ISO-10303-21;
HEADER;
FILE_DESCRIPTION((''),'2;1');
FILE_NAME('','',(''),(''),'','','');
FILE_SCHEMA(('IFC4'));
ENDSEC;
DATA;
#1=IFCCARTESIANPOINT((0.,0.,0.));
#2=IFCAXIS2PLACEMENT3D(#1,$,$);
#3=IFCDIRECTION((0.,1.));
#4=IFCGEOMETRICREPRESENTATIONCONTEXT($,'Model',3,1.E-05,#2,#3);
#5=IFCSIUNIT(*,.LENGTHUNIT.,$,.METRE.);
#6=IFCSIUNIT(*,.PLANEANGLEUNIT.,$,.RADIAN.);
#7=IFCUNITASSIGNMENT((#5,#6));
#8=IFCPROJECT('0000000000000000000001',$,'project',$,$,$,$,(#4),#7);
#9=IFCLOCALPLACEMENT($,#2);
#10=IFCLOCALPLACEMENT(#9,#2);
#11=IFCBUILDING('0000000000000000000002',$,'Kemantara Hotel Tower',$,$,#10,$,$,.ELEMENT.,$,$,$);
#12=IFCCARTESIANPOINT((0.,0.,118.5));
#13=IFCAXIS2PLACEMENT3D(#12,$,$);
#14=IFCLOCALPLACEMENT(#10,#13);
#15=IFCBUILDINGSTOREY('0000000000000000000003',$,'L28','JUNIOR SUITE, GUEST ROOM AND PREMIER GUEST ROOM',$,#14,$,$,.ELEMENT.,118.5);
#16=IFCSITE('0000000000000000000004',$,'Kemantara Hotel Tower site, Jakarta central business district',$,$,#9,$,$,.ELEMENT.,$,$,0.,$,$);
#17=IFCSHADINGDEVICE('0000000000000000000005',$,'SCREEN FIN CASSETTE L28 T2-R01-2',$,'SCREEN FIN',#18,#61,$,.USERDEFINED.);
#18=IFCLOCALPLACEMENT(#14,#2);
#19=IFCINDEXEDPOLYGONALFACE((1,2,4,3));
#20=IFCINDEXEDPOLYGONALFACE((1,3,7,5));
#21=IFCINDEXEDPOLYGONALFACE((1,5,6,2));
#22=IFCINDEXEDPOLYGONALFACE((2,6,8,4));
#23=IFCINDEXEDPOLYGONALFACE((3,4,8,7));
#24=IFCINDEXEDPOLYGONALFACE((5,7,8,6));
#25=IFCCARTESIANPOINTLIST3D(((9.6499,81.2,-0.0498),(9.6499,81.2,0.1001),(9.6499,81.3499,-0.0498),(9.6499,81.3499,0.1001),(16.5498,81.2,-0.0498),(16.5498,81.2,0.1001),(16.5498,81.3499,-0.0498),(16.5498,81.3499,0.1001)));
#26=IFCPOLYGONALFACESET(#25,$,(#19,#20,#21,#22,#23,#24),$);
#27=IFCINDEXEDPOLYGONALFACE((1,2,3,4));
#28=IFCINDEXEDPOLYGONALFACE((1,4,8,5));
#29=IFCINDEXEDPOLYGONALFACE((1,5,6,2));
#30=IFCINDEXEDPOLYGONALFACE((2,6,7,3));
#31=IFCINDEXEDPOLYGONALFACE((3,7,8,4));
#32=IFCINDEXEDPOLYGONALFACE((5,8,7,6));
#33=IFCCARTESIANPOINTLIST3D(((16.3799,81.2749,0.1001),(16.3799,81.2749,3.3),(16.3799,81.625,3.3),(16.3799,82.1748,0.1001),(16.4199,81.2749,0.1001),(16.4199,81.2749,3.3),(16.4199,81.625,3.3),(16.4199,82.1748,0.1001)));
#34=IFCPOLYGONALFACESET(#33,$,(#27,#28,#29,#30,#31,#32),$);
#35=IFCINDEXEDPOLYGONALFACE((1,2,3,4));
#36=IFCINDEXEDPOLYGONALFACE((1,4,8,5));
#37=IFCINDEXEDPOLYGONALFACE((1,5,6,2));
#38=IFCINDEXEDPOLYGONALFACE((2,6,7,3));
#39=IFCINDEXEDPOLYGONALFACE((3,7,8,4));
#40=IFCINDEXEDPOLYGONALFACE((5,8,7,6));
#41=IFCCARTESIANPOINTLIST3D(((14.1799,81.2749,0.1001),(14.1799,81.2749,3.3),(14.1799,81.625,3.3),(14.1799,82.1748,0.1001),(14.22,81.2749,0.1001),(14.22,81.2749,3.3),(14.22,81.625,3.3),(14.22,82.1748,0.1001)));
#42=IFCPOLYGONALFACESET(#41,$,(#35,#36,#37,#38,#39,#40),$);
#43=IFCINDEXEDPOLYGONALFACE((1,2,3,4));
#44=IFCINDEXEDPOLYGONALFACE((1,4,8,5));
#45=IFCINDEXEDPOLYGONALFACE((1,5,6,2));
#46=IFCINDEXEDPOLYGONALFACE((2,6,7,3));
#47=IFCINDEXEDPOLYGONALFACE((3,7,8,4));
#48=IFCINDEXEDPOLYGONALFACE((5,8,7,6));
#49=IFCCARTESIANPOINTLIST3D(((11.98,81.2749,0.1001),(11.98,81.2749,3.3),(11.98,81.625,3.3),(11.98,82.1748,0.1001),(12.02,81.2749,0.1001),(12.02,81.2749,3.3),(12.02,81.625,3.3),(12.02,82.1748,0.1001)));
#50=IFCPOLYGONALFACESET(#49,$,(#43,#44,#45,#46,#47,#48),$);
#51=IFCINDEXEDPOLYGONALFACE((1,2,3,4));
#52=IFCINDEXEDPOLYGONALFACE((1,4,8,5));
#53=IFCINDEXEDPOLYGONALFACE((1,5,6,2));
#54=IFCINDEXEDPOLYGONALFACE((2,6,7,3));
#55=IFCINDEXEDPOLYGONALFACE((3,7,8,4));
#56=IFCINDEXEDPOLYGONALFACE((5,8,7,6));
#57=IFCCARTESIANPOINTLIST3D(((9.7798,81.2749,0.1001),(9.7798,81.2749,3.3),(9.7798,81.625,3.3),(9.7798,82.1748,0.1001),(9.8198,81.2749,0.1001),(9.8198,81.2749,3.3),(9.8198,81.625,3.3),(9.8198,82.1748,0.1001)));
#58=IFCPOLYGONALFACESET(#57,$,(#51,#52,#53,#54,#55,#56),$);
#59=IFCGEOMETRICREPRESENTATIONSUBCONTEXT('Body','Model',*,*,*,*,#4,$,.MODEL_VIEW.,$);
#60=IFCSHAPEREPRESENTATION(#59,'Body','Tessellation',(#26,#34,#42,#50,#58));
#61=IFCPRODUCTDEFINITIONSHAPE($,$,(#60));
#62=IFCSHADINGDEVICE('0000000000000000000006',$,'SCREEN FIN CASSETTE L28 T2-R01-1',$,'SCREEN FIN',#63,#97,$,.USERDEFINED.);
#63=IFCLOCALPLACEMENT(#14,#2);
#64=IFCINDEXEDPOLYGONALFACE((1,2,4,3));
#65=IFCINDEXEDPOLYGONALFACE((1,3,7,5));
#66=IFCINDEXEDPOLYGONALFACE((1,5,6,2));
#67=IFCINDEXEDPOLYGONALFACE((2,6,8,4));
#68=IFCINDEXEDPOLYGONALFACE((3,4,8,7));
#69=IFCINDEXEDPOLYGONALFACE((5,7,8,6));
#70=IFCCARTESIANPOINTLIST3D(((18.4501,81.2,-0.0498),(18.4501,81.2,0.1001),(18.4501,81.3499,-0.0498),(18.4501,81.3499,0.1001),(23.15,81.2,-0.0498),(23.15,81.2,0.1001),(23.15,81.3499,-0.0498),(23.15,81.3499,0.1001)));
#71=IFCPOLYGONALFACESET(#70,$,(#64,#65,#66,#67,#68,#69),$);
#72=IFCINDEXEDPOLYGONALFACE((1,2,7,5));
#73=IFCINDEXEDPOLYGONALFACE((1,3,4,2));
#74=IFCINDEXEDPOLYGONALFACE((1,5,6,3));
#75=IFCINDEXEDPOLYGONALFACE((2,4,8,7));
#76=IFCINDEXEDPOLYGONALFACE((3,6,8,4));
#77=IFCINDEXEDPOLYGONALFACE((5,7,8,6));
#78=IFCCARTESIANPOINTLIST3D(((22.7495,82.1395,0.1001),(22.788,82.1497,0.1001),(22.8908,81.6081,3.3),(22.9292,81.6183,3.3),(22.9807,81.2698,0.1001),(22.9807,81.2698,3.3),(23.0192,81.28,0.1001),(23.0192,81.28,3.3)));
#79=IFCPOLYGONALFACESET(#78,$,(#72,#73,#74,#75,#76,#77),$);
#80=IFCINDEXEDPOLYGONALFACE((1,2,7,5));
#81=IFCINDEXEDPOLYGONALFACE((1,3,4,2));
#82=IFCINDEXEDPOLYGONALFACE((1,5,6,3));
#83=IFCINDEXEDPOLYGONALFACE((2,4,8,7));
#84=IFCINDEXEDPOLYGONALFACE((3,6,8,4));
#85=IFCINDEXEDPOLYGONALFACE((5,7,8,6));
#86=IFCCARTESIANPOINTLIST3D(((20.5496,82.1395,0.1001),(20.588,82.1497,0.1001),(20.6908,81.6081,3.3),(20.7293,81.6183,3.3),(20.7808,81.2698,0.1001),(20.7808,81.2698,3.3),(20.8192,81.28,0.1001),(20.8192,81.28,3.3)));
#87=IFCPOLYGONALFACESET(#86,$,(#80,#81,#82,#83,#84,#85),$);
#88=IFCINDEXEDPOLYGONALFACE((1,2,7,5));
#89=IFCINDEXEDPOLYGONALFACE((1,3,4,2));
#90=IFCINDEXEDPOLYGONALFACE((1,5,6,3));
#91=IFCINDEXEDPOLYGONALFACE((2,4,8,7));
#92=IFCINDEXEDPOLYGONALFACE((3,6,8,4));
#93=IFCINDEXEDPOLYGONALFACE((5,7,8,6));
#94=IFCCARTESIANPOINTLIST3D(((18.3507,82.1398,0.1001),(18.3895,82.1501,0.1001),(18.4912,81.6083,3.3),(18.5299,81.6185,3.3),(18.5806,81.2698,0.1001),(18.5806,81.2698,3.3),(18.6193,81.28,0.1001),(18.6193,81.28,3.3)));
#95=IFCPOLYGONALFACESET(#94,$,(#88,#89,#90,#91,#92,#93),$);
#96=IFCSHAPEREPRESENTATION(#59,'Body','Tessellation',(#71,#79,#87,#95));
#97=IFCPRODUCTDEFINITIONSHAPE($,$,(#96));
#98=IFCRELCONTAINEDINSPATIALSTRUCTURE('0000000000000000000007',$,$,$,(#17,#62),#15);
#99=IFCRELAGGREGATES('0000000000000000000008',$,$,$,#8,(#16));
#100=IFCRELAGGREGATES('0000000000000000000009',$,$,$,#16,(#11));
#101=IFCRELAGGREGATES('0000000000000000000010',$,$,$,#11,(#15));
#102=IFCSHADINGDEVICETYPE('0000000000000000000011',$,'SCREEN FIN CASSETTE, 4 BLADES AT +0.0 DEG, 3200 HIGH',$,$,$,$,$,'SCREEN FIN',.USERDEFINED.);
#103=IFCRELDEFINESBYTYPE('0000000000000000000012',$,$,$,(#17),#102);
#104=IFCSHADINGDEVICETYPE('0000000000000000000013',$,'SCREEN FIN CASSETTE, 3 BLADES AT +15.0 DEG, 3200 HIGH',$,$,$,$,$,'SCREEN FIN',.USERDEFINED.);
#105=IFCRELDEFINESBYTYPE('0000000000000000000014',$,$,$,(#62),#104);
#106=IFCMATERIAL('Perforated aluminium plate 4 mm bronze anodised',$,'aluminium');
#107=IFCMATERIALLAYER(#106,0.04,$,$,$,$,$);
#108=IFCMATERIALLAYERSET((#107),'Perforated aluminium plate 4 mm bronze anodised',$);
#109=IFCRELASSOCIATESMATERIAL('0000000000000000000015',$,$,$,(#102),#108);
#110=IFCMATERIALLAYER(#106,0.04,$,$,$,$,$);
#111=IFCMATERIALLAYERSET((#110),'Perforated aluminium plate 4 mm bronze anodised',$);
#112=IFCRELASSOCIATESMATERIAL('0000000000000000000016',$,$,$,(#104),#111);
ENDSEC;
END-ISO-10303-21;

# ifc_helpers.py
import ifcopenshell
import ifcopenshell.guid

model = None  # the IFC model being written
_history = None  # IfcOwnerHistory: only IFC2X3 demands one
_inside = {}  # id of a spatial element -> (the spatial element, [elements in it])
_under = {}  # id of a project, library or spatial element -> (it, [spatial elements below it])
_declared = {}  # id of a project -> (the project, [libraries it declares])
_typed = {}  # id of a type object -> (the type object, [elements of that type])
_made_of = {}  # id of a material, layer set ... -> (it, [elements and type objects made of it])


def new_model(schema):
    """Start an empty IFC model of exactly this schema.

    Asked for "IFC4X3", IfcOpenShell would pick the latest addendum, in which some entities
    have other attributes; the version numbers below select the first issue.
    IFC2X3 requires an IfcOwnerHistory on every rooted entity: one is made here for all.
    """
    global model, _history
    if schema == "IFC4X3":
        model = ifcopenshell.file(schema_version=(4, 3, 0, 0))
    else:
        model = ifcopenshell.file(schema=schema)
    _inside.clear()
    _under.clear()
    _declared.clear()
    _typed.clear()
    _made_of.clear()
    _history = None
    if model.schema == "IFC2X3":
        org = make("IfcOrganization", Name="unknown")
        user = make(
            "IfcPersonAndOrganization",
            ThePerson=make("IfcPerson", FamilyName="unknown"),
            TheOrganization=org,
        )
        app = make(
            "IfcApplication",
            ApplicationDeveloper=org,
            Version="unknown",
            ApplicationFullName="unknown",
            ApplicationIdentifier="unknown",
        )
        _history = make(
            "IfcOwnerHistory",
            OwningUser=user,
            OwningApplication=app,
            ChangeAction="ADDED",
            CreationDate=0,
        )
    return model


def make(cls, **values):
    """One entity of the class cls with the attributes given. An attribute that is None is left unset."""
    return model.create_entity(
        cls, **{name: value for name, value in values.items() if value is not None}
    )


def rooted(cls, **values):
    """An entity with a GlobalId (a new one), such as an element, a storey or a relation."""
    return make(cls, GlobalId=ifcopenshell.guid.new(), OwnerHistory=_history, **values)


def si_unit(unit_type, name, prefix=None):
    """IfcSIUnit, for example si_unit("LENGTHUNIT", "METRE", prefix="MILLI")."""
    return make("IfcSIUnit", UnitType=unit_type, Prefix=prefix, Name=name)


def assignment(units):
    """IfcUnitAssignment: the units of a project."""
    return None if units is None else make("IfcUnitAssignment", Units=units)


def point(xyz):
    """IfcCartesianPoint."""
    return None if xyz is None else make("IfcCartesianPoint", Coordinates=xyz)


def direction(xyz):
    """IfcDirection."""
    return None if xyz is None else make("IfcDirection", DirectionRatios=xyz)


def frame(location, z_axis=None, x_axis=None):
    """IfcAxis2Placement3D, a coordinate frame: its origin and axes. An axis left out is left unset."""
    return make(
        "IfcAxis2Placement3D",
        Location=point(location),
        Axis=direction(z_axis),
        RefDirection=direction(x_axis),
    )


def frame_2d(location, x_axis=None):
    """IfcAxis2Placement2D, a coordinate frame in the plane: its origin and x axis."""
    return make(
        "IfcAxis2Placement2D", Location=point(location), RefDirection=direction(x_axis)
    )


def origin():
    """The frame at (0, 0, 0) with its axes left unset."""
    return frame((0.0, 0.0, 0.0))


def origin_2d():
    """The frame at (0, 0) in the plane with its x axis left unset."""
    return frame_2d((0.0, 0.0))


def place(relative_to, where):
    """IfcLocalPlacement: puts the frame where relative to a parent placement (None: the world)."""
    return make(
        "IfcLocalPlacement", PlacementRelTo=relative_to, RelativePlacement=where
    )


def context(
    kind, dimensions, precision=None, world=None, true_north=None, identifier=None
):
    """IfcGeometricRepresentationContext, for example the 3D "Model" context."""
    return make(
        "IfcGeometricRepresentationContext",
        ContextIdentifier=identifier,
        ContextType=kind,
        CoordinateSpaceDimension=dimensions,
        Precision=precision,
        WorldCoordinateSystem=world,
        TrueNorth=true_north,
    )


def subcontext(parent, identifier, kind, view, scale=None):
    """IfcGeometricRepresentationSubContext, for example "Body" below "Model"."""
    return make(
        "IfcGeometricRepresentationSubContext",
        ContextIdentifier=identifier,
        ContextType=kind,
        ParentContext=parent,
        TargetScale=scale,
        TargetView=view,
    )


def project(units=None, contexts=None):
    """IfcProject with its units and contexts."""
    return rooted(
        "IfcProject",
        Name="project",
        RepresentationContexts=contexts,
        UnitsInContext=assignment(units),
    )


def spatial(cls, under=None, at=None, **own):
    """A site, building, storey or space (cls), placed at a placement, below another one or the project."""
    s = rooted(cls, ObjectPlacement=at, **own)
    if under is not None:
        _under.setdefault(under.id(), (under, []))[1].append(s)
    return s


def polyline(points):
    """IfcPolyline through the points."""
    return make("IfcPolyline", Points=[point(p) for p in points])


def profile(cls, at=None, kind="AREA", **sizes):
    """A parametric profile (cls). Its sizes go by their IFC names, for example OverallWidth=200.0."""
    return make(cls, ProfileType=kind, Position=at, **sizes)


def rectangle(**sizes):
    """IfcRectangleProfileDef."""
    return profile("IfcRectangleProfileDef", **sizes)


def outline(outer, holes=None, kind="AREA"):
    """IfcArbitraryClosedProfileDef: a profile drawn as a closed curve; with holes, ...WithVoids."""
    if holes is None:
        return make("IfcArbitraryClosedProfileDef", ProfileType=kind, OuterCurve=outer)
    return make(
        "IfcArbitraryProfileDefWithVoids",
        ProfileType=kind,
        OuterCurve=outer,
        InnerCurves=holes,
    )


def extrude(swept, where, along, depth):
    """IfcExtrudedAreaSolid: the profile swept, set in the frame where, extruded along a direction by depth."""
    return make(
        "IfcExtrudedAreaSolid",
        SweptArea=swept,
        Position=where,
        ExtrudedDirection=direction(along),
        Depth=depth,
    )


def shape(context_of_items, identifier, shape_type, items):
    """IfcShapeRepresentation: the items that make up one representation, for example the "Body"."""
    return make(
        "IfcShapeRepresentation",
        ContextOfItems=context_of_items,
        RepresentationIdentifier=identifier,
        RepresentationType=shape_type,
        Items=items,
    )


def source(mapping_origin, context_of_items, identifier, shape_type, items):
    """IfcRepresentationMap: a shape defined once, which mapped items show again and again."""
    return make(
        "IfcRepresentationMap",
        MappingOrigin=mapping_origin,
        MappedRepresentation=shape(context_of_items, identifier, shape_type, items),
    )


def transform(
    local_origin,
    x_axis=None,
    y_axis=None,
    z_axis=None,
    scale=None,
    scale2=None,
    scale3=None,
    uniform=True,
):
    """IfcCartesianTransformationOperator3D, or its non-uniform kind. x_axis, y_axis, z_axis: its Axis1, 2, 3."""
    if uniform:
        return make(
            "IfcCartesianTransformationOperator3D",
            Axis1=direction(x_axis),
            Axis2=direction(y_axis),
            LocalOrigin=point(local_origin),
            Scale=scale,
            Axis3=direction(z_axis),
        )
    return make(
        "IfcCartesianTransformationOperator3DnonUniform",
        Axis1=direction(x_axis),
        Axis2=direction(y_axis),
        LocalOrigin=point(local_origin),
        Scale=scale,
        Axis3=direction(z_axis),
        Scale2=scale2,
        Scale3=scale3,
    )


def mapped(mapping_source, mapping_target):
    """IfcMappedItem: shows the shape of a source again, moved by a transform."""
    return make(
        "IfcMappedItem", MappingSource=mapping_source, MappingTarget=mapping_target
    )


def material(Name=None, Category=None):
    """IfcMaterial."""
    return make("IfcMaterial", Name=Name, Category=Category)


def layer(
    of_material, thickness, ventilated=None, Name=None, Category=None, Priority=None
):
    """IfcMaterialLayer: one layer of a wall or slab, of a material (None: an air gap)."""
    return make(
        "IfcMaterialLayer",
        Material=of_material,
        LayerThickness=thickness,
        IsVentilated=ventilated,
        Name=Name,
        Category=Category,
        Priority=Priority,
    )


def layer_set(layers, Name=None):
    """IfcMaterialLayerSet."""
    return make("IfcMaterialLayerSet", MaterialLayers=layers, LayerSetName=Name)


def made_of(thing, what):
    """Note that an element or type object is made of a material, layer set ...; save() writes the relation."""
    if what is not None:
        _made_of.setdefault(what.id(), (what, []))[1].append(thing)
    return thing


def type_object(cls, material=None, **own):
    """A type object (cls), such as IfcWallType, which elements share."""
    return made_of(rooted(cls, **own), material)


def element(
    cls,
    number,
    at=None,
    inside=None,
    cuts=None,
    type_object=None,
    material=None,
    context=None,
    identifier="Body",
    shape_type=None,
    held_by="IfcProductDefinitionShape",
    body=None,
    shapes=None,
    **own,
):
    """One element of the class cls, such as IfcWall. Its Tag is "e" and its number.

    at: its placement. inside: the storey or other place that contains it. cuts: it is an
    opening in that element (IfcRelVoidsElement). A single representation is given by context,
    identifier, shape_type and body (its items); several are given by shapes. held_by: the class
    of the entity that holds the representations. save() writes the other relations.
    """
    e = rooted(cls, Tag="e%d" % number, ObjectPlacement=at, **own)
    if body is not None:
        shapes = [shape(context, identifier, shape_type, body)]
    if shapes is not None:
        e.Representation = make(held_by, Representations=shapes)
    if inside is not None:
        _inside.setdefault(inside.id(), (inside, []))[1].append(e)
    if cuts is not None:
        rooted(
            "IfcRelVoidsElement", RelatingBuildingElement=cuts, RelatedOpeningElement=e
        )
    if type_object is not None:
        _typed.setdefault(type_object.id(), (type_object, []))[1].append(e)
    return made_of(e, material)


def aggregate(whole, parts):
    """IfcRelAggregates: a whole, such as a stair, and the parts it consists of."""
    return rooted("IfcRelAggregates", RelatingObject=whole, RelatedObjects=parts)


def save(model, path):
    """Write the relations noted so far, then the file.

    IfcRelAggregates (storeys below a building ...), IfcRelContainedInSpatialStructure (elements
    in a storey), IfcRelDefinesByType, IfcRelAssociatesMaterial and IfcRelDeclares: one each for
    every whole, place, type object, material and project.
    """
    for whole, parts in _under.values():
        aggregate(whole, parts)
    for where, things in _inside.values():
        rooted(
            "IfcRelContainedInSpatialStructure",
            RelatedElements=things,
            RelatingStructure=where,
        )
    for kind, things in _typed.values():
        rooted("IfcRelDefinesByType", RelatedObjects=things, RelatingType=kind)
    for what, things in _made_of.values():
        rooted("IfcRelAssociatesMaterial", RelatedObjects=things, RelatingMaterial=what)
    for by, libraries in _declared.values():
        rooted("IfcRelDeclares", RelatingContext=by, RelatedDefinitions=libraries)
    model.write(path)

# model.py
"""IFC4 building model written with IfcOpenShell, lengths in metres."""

from ifc_helpers import new_model, si_unit, direction, frame, origin, origin_2d, place, context, subcontext, project, spatial, polyline, rectangle, outline, extrude, source, transform, mapped, material, layer, layer_set, type_object, element, save


model = new_model("IFC4")

# Units and contexts
model_context = context("Model", 3, precision=1e-05, world=origin(), true_north=direction((0.0, 1.0)))
body_context = subcontext(model_context, "Body", "Model", "MODEL_VIEW")
ifc_project = project(units=[si_unit("LENGTHUNIT", "METRE"), si_unit("PLANEANGLEUNIT", "RADIAN")], contexts=[model_context])

# Site, building, storey
site_placement = place(None, origin())
site = spatial("IfcSite", under=ifc_project, at=site_placement, Name="Kemantara Hotel Tower site, Jakarta central business district", CompositionType="ELEMENT", RefElevation=0.0)
building_placement = place(site_placement, origin())
building = spatial("IfcBuilding", under=site, at=building_placement, Name="Kemantara Hotel Tower", CompositionType="ELEMENT")
storey_placement = place(building_placement, frame((0.0, 0.0, 118.5)))
storey = spatial("IfcBuildingStorey", under=building, at=storey_placement, Name="L28", Description="JUNIOR SUITE, GUEST ROOM AND PREMIER GUEST ROOM", CompositionType="ELEMENT", Elevation=118.5)

# Shading devices
ifc_material_1 = material(Name="Perforated aluminium plate 4 mm bronze anodised", Category="aluminium")
ifc_layer_1 = layer(ifc_material_1, 0.04)
ifc_layer_set_1 = layer_set([ifc_layer_1], Name="Perforated aluminium plate 4 mm bronze anodised")
shading_device_type_1 = type_object("IfcShadingDeviceType", Name="SCREEN FIN CASSETTE, 4 BLADES AT +0.0 DEG, 3200 HIGH", ElementType="SCREEN FIN", PredefinedType="USERDEFINED", material=ifc_layer_set_1)
shared_shape_1 = source(origin(), body_context, "Body", "SweptSolid", [
    extrude(rectangle(XDim=6.8999, YDim=0.1499, at=origin_2d()), frame((3.3, -0.075, -0.1499), z_axis=(0.0, 0.0, 1.0), x_axis=(1.0, 0.0, 0.0)), (0.0, 0.0, 1.0), 0.1499),
    extrude(outline(polyline([(0.0, 0.0), (0.8999, 0.0), (0.3501, 3.2), (0.0, 3.2), (0.0, 0.0)])), frame((0.02, -0.075, 0.0), z_axis=(-1.0, 0.0, 0.0), x_axis=(0.0, -1.0, 0.0)), (0.0, 0.0, 1.0), 0.04),
    extrude(outline(polyline([(0.0, 0.0), (0.8999, 0.0), (0.3501, 3.2), (0.0, 3.2), (0.0, 0.0)])), frame((2.22, -0.075, 0.0), z_axis=(-1.0, 0.0, 0.0), x_axis=(0.0, -1.0, 0.0)), (0.0, 0.0, 1.0), 0.04),
    extrude(outline(polyline([(0.0, 0.0), (0.8999, 0.0), (0.3501, 3.2), (0.0, 3.2), (0.0, 0.0)])), frame((4.4199, -0.075, 0.0), z_axis=(-1.0, 0.0, 0.0), x_axis=(0.0, -1.0, 0.0)), (0.0, 0.0, 1.0), 0.04),
    extrude(outline(polyline([(0.0, 0.0), (0.8999, 0.0), (0.3501, 3.2), (0.0, 3.2), (0.0, 0.0)])), frame((6.6201, -0.075, 0.0), z_axis=(-1.0, 0.0, 0.0), x_axis=(0.0, -1.0, 0.0)), (0.0, 0.0, 1.0), 0.04),
])
shading_device_1_placement = place(storey_placement, frame((16.3999, 81.2, 0.1001), z_axis=(0.0, 0.0, 1.0), x_axis=(-1.0, 0.0, 0.0)))
element("IfcShadingDevice", 1, at=shading_device_1_placement, inside=storey, type_object=shading_device_type_1, Name="SCREEN FIN CASSETTE L28 T2-R01-2", ObjectType="SCREEN FIN", PredefinedType="USERDEFINED", context=body_context, shape_type="MappedRepresentation", body=[
    mapped(shared_shape_1, transform((0.0, 0.0, 0.0))),
])
ifc_layer_2 = layer(ifc_material_1, 0.04)
ifc_layer_set_2 = layer_set([ifc_layer_2], Name="Perforated aluminium plate 4 mm bronze anodised")
shading_device_type_2 = type_object("IfcShadingDeviceType", Name="SCREEN FIN CASSETTE, 3 BLADES AT +15.0 DEG, 3200 HIGH", ElementType="SCREEN FIN", PredefinedType="USERDEFINED", material=ifc_layer_set_2)
shared_shape_2 = source(origin(), body_context, "Body", "SweptSolid", [
    extrude(rectangle(XDim=4.7, YDim=0.1499, at=origin_2d()), frame((2.2, -0.075, -0.1499), z_axis=(0.0, 0.0, 1.0), x_axis=(1.0, 0.0, 0.0)), (0.0, 0.0, 1.0), 0.1499),
    extrude(outline(polyline([(0.0, 0.0), (0.8999, 0.0), (0.3501, 3.2), (0.0, 3.2), (0.0, 0.0)])), frame((0.0193, -0.0698, 0.0), z_axis=(-0.966438, -0.256901, 0.0), x_axis=(0.256901, -0.966438, 0.0)), (0.0, 0.0, 1.0), 0.0398),
    extrude(outline(polyline([(0.0, 0.0), (0.8999, 0.0), (0.3501, 3.2), (0.0, 3.2), (0.0, 0.0)])), frame((2.2192, -0.0698, 0.0), z_axis=(-0.966438, -0.256901, 0.0), x_axis=(0.256901, -0.966438, 0.0)), (0.0, 0.0, 1.0), 0.0398),
    extrude(outline(polyline([(0.0, 0.0), (0.8999, 0.0), (0.3501, 3.2), (0.0, 3.2), (0.0, 0.0)])), frame((4.4194, -0.0698, 0.0), z_axis=(-0.966838, -0.255391, 0.0), x_axis=(0.255391, -0.966838, 0.0)), (0.0, 0.0, 1.0), 0.04),
])
shading_device_2_placement = place(storey_placement, frame((23.0, 81.2, 0.1001), z_axis=(0.0, 0.0, 1.0), x_axis=(-1.0, 0.0, 0.0)))
element("IfcShadingDevice", 2, at=shading_device_2_placement, inside=storey, type_object=shading_device_type_2, Name="SCREEN FIN CASSETTE L28 T2-R01-1", ObjectType="SCREEN FIN", PredefinedType="USERDEFINED", context=body_context, shape_type="MappedRepresentation", body=[
    mapped(shared_shape_2, transform((0.0, 0.0, 0.0))),
])

save(model, "model.ifc")
